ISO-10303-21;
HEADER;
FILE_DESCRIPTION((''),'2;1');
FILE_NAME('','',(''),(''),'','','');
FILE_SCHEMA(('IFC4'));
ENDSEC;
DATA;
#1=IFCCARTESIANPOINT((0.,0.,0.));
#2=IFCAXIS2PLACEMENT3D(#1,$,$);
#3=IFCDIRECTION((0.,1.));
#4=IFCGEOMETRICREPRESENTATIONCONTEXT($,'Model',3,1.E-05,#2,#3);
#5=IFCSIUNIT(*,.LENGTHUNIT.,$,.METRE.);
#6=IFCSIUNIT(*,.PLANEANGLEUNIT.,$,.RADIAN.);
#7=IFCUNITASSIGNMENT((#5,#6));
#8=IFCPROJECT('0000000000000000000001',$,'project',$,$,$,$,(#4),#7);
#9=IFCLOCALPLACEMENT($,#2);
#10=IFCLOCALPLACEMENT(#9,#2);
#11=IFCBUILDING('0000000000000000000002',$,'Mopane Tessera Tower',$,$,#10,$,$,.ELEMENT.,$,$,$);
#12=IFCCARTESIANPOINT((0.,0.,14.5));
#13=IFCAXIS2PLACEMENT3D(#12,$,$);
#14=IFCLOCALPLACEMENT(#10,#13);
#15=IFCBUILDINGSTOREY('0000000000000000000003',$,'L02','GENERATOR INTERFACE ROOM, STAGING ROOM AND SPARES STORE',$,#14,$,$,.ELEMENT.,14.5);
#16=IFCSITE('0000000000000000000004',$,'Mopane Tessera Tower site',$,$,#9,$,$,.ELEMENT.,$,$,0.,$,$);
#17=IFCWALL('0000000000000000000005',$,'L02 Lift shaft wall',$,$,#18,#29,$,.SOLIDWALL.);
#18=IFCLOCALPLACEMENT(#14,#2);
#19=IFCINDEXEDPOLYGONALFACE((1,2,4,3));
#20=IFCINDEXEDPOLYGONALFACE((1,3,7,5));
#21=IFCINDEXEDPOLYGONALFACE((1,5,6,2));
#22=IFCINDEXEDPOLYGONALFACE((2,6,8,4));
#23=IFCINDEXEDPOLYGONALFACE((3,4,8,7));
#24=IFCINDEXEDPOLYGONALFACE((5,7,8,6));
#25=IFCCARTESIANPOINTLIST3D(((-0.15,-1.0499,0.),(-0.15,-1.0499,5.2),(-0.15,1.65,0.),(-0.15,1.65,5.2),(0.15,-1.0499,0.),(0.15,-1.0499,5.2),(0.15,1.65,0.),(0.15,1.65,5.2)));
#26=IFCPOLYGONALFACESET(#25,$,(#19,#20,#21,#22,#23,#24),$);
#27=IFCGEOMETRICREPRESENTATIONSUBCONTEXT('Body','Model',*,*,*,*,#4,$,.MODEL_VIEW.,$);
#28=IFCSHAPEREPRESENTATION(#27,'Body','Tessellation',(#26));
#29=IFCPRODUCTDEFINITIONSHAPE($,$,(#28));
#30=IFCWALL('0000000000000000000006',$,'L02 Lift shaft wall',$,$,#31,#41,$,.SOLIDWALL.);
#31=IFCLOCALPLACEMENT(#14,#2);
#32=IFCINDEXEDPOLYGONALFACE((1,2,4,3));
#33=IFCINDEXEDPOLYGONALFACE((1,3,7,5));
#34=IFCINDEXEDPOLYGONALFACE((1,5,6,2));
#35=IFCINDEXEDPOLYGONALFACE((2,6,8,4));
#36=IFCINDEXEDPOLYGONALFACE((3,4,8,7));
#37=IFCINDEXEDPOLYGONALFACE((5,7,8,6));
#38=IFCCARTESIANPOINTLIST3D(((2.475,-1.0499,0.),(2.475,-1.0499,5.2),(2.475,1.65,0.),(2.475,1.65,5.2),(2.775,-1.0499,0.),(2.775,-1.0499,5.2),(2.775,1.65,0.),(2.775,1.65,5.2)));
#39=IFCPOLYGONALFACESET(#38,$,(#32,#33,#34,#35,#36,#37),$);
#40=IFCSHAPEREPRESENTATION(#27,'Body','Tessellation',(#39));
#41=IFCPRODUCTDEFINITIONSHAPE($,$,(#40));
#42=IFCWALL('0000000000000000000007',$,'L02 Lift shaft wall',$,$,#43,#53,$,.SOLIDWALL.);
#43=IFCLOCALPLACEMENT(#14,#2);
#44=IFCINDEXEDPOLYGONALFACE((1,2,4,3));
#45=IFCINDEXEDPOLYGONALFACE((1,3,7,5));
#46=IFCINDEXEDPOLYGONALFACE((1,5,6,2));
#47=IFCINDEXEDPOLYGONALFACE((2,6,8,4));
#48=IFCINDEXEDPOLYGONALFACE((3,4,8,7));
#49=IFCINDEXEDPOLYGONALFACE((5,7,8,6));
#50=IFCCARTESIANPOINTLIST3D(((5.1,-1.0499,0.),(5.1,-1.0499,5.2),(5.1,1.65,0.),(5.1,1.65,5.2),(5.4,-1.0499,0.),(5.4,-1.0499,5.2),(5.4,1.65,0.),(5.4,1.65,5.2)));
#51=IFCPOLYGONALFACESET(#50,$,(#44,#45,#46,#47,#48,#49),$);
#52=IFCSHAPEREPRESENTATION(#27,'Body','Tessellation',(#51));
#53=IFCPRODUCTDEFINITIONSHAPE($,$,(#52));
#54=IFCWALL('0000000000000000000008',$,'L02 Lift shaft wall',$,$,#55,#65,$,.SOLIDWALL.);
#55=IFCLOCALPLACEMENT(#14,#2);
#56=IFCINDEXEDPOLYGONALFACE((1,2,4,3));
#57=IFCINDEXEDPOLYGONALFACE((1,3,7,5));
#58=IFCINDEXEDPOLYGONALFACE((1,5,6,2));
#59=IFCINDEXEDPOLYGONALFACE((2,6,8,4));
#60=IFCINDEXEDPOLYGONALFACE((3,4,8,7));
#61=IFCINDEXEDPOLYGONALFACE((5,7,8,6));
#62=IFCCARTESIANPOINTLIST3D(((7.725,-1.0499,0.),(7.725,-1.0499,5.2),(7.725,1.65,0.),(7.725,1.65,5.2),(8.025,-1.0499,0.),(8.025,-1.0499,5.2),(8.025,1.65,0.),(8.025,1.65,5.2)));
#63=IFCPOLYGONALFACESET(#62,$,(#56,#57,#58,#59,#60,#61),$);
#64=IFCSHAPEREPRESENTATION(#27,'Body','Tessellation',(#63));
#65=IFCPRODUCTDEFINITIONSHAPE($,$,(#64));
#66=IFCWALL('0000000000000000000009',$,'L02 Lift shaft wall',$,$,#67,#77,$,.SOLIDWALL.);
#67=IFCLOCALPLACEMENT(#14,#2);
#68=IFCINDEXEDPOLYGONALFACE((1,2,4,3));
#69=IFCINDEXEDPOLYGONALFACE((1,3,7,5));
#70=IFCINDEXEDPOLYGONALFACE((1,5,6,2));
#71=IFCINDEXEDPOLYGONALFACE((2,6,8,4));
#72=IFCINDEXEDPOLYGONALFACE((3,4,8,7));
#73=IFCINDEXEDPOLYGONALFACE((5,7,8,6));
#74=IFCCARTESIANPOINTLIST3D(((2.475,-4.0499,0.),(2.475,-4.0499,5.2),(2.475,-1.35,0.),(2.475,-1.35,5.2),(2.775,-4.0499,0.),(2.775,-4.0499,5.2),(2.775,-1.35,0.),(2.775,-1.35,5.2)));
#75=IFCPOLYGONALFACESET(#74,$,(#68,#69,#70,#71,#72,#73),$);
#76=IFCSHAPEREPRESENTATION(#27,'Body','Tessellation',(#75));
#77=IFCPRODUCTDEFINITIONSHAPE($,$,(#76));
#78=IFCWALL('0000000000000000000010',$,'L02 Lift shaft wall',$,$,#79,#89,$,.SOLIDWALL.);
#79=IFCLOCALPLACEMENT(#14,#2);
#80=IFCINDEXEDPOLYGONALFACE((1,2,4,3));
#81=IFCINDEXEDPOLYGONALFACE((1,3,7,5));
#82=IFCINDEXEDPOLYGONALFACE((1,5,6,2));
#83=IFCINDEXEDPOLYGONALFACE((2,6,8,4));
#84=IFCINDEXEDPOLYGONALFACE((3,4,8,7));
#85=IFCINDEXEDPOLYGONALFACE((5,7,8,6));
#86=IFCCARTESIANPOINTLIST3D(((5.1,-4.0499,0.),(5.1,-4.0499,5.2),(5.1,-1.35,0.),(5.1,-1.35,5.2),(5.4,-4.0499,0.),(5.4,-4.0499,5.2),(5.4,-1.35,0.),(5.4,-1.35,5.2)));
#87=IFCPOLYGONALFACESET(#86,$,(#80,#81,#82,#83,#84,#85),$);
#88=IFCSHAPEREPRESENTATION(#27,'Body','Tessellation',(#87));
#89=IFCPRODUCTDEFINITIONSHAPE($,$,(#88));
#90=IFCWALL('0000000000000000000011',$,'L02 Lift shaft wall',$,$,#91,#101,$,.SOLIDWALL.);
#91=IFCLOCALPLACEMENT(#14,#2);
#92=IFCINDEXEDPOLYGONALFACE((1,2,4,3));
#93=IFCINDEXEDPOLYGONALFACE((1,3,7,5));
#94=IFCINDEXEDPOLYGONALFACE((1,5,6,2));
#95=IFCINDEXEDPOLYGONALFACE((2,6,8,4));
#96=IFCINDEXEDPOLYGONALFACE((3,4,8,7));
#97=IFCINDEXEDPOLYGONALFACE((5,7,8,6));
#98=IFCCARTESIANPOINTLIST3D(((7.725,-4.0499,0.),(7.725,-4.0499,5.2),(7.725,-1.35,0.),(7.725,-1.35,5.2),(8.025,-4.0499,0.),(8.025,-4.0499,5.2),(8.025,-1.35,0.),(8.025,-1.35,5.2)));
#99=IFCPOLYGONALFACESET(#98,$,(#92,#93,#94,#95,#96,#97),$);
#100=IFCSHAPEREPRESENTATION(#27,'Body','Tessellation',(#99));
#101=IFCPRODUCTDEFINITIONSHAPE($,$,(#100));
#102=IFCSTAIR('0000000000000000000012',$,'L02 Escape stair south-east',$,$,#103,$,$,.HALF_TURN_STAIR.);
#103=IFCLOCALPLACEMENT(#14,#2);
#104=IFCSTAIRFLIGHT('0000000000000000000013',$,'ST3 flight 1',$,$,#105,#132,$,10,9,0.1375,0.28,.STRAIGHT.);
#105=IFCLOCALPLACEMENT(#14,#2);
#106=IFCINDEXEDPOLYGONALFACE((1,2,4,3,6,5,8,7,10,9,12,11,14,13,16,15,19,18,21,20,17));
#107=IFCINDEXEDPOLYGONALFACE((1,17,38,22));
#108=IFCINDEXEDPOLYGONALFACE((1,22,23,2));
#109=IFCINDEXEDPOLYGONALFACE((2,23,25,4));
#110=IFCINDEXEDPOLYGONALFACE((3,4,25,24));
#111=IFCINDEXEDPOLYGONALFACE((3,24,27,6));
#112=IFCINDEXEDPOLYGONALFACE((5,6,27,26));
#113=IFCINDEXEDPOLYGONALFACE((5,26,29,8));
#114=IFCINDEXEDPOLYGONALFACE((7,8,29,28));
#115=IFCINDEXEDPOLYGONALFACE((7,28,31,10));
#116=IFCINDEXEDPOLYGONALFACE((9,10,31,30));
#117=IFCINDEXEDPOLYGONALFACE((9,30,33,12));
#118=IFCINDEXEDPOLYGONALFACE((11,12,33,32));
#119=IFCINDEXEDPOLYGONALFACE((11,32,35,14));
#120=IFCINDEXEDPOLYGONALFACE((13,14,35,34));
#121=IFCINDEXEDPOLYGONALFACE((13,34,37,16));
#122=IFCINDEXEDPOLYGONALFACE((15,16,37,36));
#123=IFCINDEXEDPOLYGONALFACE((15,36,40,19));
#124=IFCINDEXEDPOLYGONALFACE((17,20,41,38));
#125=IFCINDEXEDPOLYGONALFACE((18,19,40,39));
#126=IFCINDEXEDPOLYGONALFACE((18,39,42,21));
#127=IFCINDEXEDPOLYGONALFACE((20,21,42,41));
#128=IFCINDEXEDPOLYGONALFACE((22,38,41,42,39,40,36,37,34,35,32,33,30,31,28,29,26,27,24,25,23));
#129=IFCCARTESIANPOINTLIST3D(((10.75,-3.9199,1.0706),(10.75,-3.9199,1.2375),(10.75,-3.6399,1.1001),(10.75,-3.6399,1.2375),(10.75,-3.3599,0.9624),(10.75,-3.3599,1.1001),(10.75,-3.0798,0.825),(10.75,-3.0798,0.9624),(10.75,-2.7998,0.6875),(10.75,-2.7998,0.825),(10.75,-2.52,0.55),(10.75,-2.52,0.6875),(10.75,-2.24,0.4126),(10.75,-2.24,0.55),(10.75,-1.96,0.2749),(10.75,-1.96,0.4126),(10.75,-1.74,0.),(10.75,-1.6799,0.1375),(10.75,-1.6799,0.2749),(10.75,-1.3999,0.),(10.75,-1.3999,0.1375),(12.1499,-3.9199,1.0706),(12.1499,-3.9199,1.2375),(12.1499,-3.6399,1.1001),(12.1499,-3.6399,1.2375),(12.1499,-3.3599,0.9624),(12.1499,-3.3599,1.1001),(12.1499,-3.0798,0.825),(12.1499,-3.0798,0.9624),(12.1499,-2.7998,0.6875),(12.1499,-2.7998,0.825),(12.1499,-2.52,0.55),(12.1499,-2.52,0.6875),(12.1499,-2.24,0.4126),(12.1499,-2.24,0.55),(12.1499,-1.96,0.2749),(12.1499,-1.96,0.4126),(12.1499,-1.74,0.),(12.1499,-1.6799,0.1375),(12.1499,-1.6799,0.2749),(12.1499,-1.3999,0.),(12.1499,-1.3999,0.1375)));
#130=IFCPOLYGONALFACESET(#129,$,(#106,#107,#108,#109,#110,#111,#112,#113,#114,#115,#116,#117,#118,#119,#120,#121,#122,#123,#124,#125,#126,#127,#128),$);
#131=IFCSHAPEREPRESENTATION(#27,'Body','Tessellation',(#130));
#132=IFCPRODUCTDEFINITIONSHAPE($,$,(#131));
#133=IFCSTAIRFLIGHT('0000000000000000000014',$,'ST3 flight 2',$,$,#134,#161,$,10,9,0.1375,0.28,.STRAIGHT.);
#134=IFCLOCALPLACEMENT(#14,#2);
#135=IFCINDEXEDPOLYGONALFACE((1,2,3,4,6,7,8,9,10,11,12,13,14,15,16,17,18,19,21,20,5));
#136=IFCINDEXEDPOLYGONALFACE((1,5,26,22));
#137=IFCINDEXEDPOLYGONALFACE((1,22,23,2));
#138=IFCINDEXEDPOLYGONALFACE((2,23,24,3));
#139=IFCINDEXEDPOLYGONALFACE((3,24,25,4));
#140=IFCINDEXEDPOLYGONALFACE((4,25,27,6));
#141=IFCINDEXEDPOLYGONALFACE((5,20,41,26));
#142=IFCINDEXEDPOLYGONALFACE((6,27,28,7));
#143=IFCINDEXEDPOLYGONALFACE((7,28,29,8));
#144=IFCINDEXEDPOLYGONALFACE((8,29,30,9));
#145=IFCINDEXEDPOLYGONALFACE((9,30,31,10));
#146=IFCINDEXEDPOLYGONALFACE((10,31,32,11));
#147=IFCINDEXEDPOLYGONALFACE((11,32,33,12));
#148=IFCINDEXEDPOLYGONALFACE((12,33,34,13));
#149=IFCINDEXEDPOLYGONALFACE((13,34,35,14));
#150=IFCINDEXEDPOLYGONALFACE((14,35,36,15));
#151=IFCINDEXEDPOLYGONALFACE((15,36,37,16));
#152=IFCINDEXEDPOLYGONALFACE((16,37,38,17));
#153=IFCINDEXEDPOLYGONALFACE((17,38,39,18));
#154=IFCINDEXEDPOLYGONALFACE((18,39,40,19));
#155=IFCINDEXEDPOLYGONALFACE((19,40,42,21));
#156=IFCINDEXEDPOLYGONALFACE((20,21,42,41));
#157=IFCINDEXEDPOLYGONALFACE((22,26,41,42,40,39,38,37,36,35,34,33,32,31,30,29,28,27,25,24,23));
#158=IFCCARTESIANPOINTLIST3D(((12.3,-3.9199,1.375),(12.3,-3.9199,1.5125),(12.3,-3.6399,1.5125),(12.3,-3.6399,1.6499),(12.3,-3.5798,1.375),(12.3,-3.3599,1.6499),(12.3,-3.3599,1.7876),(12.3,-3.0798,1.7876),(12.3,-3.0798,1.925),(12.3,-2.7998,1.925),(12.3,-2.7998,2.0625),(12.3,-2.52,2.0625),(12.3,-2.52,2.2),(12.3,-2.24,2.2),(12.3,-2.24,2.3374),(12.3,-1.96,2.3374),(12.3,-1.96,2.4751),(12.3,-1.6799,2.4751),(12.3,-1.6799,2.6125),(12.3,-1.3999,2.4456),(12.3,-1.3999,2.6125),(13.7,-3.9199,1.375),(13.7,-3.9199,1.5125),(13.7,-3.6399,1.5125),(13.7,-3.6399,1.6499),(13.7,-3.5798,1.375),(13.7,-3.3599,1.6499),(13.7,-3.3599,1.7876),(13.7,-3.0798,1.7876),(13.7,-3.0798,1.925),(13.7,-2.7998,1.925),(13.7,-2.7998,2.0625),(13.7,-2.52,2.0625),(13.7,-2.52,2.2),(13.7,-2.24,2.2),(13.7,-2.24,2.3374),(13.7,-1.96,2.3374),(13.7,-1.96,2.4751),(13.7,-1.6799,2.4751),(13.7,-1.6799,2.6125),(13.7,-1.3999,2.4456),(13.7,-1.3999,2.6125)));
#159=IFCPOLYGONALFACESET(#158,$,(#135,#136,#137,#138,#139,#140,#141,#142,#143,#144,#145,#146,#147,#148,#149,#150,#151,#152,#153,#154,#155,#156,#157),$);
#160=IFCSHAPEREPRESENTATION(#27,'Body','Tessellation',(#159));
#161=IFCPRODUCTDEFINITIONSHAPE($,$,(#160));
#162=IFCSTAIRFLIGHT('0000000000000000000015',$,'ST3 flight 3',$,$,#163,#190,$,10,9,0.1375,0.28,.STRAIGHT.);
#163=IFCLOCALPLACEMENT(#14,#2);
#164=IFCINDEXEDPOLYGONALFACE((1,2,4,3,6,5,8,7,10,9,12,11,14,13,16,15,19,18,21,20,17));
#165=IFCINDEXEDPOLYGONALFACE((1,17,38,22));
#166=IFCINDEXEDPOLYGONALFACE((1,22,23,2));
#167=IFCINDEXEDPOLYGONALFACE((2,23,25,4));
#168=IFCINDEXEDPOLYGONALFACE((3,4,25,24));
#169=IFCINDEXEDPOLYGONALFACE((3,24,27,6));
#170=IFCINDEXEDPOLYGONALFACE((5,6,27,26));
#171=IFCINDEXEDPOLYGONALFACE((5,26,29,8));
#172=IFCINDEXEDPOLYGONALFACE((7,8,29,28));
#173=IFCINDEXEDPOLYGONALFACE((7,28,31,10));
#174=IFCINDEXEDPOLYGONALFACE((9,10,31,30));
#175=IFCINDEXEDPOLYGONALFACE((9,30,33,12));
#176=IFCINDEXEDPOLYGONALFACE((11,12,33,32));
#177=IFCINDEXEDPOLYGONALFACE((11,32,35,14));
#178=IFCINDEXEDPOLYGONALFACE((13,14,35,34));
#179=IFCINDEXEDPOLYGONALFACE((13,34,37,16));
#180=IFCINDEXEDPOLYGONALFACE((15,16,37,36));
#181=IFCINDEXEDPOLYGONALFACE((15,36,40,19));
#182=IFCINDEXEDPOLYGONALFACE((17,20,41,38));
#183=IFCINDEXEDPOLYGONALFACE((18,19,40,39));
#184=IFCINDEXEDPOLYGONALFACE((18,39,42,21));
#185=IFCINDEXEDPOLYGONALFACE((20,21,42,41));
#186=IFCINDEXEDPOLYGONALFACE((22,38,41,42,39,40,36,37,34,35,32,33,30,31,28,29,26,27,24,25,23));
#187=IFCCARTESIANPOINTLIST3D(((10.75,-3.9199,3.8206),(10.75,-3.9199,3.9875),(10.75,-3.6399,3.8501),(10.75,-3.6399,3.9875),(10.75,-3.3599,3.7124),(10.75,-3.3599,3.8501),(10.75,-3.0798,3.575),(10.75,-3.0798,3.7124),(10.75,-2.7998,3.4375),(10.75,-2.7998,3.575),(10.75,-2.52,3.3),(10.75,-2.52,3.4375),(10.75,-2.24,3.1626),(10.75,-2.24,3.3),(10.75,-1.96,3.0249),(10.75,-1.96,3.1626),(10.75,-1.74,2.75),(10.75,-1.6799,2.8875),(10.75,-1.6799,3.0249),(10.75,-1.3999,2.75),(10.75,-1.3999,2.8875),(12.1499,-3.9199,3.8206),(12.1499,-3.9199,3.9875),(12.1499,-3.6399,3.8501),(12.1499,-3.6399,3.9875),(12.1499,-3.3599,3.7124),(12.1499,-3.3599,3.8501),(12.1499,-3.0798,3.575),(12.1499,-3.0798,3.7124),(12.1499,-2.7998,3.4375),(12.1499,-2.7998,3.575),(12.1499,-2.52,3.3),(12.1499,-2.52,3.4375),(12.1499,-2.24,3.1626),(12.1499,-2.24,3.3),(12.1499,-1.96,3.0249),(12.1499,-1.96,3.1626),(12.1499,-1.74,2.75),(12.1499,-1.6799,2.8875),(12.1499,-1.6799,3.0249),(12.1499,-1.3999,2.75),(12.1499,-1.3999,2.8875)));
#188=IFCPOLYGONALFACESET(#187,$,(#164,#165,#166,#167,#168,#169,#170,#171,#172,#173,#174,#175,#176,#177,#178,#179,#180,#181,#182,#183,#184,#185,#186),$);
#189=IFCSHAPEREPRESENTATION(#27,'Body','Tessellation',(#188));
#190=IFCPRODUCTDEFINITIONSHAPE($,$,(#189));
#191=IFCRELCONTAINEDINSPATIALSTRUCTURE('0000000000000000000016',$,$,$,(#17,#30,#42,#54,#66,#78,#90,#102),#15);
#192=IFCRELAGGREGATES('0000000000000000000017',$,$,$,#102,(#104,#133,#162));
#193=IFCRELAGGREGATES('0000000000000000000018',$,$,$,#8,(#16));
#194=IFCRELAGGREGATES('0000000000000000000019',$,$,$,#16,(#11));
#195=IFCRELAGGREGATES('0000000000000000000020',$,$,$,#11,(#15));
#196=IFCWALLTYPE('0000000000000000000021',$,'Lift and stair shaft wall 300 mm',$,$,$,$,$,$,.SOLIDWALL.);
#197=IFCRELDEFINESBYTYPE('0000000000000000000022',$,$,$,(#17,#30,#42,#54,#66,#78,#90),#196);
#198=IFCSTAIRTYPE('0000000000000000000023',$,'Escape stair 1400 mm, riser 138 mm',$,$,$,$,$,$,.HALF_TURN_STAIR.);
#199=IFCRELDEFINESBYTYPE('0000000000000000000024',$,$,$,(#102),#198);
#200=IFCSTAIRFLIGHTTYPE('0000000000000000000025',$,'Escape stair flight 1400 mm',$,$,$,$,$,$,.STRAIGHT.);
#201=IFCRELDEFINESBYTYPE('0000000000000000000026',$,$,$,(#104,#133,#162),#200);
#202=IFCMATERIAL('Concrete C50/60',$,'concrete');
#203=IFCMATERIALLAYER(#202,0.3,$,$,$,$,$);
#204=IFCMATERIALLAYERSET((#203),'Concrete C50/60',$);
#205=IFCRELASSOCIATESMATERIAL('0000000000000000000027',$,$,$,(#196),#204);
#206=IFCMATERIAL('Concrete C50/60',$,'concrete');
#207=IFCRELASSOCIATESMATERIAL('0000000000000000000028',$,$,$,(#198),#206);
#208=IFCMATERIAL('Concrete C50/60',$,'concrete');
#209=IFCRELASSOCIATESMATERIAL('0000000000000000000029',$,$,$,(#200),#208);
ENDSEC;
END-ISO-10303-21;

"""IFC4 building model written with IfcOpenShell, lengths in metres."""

from ifc_helpers import new_model, si_unit, direction, frame, frame_2d, origin, place, context, subcontext, project, spatial, polyline, rectangle, outline, extrude, material, layer, layer_set, type_object, element, aggregate, save


model = new_model("IFC4")

# Units and contexts
model_context = context("Model", 3, precision=1e-05, world=origin(), true_north=direction((0.0, 1.0)))
body_context = subcontext(model_context, "Body", "Model", "MODEL_VIEW")
ifc_project = project(units=[si_unit("LENGTHUNIT", "METRE"), si_unit("PLANEANGLEUNIT", "RADIAN")], contexts=[model_context])

# Site, building, storey
site_placement = place(None, origin())
site = spatial("IfcSite", under=ifc_project, at=site_placement, Name="Mopane Tessera Tower site", CompositionType="ELEMENT", RefElevation=0.0)
building_placement = place(site_placement, origin())
building = spatial("IfcBuilding", under=site, at=building_placement, Name="Mopane Tessera Tower", CompositionType="ELEMENT")
storey_placement = place(building_placement, frame((0.0, 0.0, 14.5)))
storey = spatial("IfcBuildingStorey", under=building, at=storey_placement, Name="L02", Description="GENERATOR INTERFACE ROOM, STAGING ROOM AND SPARES STORE", CompositionType="ELEMENT", Elevation=14.5)

# Walls
ifc_material_1 = material(Name="Concrete C50/60", Category="concrete")
ifc_layer_1 = layer(ifc_material_1, 0.3)
ifc_layer_set_1 = layer_set([ifc_layer_1], Name="Concrete C50/60")
wall_type = type_object("IfcWallType", Name="Lift and stair shaft wall 300 mm", PredefinedType="SOLIDWALL", material=ifc_layer_set_1)
for number, where, z_axis, x_axis, name in (
    (1, (0.0, -1.05, 0.0), (0.0, 0.0, 1.0), (0.0, 1.0, 0.0), "L02 Lift shaft wall"),
    (2, (2.625, -1.05, 0.0), (0.0, 0.0, 1.0), (0.0, 1.0, 0.0), "L02 Lift shaft wall"),
    (3, (5.25, -1.05, 0.0), (0.0, 0.0, 1.0), (0.0, 1.0, 0.0), "L02 Lift shaft wall"),
    (4, (7.875, -1.05, 0.0), (0.0, 0.0, 1.0), (0.0, 1.0, 0.0), "L02 Lift shaft wall"),
    (5, (2.625, -4.05, 0.0), (0.0, 0.0, 1.0), (0.0, 1.0, 0.0), "L02 Lift shaft wall"),
    (6, (5.25, -4.05, 0.0), (0.0, 0.0, 1.0), (0.0, 1.0, 0.0), "L02 Lift shaft wall"),
    (7, (7.875, -4.05, 0.0), (0.0, 0.0, 1.0), (0.0, 1.0, 0.0), "L02 Lift shaft wall"),
):
    element("IfcWall", number, at=place(storey_placement, frame(where, z_axis=z_axis, x_axis=x_axis)), inside=storey, type_object=wall_type, Name=name, PredefinedType="SOLIDWALL", context=body_context, shape_type="SweptSolid", body=[
        extrude(rectangle(XDim=2.7, YDim=0.3, at=frame_2d((1.3501, 0.0))), origin(), (0.0, 0.0, 1.0), 5.2),
    ])

# Stair, stair flights
ifc_material_2 = material(Name="Concrete C50/60", Category="concrete")
stair_type = type_object("IfcStairType", Name="Escape stair 1400 mm, riser 138 mm", PredefinedType="HALF_TURN_STAIR", material=ifc_material_2)
stair_placement = place(storey_placement, origin())
stair = element("IfcStair", 8, at=stair_placement, inside=storey, type_object=stair_type, Name="L02 Escape stair south-east", PredefinedType="HALF_TURN_STAIR")
ifc_material_3 = material(Name="Concrete C50/60", Category="concrete")
stair_flight_type = type_object("IfcStairFlightType", Name="Escape stair flight 1400 mm", PredefinedType="STRAIGHT", material=ifc_material_3)
stair_flight_1_placement = place(storey_placement, frame((11.45, -1.3999, 0.0), z_axis=(0.0, 0.0, 1.0), x_axis=(0.0, -1.0, 0.0)))
stair_flight_1 = element("IfcStairFlight", 9, at=stair_flight_1_placement, type_object=stair_flight_type, Name="ST3 flight 1", NumberOfRisers=10, NumberOfTreads=9, PredefinedType="STRAIGHT", RiserHeight=0.1375, TreadLength=0.28, context=body_context, shape_type="SweptSolid", body=[
    extrude(outline(polyline([(0.0, 0.0), (0.0, 0.1375), (0.28, 0.1375), (0.28, 0.2749), (0.5601, 0.2749), (0.5601, 0.4126), (0.8401, 0.4126), (0.8401, 0.55), (1.1201, 0.55), (1.1201, 0.6875), (1.3999, 0.6875), (1.3999, 0.825), (1.6799, 0.825), (1.6799, 0.9624), (1.96, 0.9624), (1.96, 1.1001), (2.24, 1.1001), (2.24, 1.2375), (2.52, 1.2375), (2.52, 1.375), (2.52, 1.0706), (0.3401, 0.0), (0.0, 0.0)])), frame((0.0, 0.7, 0.0), z_axis=(0.0, -1.0, 0.0), x_axis=(1.0, 0.0, 0.0)), (0.0, 0.0, 1.0), 1.3999),
])
stair_flight_2_placement = place(storey_placement, frame((13.0, -3.9199, 1.375), z_axis=(0.0, 0.0, 1.0), x_axis=(0.0, 1.0, 0.0)))
stair_flight_2 = element("IfcStairFlight", 10, at=stair_flight_2_placement, type_object=stair_flight_type, Name="ST3 flight 2", NumberOfRisers=10, NumberOfTreads=9, PredefinedType="STRAIGHT", RiserHeight=0.1375, TreadLength=0.28, context=body_context, shape_type="SweptSolid", body=[
    extrude(outline(polyline([(0.0, 0.0), (0.0, 0.1375), (0.28, 0.1375), (0.28, 0.2749), (0.5601, 0.2749), (0.5601, 0.4126), (0.8401, 0.4126), (0.8401, 0.55), (1.1201, 0.55), (1.1201, 0.6875), (1.3999, 0.6875), (1.3999, 0.825), (1.6799, 0.825), (1.6799, 0.9624), (1.96, 0.9624), (1.96, 1.1001), (2.24, 1.1001), (2.24, 1.2375), (2.52, 1.2375), (2.52, 1.375), (2.52, 1.0706), (0.3401, 0.0), (0.0, 0.0)])), frame((0.0, 0.7, 0.0), z_axis=(0.0, -1.0, 0.0), x_axis=(1.0, 0.0, 0.0)), (0.0, 0.0, 1.0), 1.3999),
])
stair_flight_3_placement = place(storey_placement, frame((11.45, -1.3999, 2.75), z_axis=(0.0, 0.0, 1.0), x_axis=(0.0, -1.0, 0.0)))
stair_flight_3 = element("IfcStairFlight", 11, at=stair_flight_3_placement, type_object=stair_flight_type, Name="ST3 flight 3", NumberOfRisers=10, NumberOfTreads=9, PredefinedType="STRAIGHT", RiserHeight=0.1375, TreadLength=0.28, context=body_context, shape_type="SweptSolid", body=[
    extrude(outline(polyline([(0.0, 0.0), (0.0, 0.1375), (0.28, 0.1375), (0.28, 0.2749), (0.5601, 0.2749), (0.5601, 0.4126), (0.8401, 0.4126), (0.8401, 0.55), (1.1201, 0.55), (1.1201, 0.6875), (1.3999, 0.6875), (1.3999, 0.825), (1.6799, 0.825), (1.6799, 0.9624), (1.96, 0.9624), (1.96, 1.1001), (2.24, 1.1001), (2.24, 1.2375), (2.52, 1.2375), (2.52, 1.375), (2.52, 1.0706), (0.3401, 0.0), (0.0, 0.0)])), frame((0.0, 0.7, 0.0), z_axis=(0.0, -1.0, 0.0), x_axis=(1.0, 0.0, 0.0)), (0.0, 0.0, 1.0), 1.3999),
])
aggregate(stair, [stair_flight_1, stair_flight_2, stair_flight_3])

save(model, "model.ifc")
